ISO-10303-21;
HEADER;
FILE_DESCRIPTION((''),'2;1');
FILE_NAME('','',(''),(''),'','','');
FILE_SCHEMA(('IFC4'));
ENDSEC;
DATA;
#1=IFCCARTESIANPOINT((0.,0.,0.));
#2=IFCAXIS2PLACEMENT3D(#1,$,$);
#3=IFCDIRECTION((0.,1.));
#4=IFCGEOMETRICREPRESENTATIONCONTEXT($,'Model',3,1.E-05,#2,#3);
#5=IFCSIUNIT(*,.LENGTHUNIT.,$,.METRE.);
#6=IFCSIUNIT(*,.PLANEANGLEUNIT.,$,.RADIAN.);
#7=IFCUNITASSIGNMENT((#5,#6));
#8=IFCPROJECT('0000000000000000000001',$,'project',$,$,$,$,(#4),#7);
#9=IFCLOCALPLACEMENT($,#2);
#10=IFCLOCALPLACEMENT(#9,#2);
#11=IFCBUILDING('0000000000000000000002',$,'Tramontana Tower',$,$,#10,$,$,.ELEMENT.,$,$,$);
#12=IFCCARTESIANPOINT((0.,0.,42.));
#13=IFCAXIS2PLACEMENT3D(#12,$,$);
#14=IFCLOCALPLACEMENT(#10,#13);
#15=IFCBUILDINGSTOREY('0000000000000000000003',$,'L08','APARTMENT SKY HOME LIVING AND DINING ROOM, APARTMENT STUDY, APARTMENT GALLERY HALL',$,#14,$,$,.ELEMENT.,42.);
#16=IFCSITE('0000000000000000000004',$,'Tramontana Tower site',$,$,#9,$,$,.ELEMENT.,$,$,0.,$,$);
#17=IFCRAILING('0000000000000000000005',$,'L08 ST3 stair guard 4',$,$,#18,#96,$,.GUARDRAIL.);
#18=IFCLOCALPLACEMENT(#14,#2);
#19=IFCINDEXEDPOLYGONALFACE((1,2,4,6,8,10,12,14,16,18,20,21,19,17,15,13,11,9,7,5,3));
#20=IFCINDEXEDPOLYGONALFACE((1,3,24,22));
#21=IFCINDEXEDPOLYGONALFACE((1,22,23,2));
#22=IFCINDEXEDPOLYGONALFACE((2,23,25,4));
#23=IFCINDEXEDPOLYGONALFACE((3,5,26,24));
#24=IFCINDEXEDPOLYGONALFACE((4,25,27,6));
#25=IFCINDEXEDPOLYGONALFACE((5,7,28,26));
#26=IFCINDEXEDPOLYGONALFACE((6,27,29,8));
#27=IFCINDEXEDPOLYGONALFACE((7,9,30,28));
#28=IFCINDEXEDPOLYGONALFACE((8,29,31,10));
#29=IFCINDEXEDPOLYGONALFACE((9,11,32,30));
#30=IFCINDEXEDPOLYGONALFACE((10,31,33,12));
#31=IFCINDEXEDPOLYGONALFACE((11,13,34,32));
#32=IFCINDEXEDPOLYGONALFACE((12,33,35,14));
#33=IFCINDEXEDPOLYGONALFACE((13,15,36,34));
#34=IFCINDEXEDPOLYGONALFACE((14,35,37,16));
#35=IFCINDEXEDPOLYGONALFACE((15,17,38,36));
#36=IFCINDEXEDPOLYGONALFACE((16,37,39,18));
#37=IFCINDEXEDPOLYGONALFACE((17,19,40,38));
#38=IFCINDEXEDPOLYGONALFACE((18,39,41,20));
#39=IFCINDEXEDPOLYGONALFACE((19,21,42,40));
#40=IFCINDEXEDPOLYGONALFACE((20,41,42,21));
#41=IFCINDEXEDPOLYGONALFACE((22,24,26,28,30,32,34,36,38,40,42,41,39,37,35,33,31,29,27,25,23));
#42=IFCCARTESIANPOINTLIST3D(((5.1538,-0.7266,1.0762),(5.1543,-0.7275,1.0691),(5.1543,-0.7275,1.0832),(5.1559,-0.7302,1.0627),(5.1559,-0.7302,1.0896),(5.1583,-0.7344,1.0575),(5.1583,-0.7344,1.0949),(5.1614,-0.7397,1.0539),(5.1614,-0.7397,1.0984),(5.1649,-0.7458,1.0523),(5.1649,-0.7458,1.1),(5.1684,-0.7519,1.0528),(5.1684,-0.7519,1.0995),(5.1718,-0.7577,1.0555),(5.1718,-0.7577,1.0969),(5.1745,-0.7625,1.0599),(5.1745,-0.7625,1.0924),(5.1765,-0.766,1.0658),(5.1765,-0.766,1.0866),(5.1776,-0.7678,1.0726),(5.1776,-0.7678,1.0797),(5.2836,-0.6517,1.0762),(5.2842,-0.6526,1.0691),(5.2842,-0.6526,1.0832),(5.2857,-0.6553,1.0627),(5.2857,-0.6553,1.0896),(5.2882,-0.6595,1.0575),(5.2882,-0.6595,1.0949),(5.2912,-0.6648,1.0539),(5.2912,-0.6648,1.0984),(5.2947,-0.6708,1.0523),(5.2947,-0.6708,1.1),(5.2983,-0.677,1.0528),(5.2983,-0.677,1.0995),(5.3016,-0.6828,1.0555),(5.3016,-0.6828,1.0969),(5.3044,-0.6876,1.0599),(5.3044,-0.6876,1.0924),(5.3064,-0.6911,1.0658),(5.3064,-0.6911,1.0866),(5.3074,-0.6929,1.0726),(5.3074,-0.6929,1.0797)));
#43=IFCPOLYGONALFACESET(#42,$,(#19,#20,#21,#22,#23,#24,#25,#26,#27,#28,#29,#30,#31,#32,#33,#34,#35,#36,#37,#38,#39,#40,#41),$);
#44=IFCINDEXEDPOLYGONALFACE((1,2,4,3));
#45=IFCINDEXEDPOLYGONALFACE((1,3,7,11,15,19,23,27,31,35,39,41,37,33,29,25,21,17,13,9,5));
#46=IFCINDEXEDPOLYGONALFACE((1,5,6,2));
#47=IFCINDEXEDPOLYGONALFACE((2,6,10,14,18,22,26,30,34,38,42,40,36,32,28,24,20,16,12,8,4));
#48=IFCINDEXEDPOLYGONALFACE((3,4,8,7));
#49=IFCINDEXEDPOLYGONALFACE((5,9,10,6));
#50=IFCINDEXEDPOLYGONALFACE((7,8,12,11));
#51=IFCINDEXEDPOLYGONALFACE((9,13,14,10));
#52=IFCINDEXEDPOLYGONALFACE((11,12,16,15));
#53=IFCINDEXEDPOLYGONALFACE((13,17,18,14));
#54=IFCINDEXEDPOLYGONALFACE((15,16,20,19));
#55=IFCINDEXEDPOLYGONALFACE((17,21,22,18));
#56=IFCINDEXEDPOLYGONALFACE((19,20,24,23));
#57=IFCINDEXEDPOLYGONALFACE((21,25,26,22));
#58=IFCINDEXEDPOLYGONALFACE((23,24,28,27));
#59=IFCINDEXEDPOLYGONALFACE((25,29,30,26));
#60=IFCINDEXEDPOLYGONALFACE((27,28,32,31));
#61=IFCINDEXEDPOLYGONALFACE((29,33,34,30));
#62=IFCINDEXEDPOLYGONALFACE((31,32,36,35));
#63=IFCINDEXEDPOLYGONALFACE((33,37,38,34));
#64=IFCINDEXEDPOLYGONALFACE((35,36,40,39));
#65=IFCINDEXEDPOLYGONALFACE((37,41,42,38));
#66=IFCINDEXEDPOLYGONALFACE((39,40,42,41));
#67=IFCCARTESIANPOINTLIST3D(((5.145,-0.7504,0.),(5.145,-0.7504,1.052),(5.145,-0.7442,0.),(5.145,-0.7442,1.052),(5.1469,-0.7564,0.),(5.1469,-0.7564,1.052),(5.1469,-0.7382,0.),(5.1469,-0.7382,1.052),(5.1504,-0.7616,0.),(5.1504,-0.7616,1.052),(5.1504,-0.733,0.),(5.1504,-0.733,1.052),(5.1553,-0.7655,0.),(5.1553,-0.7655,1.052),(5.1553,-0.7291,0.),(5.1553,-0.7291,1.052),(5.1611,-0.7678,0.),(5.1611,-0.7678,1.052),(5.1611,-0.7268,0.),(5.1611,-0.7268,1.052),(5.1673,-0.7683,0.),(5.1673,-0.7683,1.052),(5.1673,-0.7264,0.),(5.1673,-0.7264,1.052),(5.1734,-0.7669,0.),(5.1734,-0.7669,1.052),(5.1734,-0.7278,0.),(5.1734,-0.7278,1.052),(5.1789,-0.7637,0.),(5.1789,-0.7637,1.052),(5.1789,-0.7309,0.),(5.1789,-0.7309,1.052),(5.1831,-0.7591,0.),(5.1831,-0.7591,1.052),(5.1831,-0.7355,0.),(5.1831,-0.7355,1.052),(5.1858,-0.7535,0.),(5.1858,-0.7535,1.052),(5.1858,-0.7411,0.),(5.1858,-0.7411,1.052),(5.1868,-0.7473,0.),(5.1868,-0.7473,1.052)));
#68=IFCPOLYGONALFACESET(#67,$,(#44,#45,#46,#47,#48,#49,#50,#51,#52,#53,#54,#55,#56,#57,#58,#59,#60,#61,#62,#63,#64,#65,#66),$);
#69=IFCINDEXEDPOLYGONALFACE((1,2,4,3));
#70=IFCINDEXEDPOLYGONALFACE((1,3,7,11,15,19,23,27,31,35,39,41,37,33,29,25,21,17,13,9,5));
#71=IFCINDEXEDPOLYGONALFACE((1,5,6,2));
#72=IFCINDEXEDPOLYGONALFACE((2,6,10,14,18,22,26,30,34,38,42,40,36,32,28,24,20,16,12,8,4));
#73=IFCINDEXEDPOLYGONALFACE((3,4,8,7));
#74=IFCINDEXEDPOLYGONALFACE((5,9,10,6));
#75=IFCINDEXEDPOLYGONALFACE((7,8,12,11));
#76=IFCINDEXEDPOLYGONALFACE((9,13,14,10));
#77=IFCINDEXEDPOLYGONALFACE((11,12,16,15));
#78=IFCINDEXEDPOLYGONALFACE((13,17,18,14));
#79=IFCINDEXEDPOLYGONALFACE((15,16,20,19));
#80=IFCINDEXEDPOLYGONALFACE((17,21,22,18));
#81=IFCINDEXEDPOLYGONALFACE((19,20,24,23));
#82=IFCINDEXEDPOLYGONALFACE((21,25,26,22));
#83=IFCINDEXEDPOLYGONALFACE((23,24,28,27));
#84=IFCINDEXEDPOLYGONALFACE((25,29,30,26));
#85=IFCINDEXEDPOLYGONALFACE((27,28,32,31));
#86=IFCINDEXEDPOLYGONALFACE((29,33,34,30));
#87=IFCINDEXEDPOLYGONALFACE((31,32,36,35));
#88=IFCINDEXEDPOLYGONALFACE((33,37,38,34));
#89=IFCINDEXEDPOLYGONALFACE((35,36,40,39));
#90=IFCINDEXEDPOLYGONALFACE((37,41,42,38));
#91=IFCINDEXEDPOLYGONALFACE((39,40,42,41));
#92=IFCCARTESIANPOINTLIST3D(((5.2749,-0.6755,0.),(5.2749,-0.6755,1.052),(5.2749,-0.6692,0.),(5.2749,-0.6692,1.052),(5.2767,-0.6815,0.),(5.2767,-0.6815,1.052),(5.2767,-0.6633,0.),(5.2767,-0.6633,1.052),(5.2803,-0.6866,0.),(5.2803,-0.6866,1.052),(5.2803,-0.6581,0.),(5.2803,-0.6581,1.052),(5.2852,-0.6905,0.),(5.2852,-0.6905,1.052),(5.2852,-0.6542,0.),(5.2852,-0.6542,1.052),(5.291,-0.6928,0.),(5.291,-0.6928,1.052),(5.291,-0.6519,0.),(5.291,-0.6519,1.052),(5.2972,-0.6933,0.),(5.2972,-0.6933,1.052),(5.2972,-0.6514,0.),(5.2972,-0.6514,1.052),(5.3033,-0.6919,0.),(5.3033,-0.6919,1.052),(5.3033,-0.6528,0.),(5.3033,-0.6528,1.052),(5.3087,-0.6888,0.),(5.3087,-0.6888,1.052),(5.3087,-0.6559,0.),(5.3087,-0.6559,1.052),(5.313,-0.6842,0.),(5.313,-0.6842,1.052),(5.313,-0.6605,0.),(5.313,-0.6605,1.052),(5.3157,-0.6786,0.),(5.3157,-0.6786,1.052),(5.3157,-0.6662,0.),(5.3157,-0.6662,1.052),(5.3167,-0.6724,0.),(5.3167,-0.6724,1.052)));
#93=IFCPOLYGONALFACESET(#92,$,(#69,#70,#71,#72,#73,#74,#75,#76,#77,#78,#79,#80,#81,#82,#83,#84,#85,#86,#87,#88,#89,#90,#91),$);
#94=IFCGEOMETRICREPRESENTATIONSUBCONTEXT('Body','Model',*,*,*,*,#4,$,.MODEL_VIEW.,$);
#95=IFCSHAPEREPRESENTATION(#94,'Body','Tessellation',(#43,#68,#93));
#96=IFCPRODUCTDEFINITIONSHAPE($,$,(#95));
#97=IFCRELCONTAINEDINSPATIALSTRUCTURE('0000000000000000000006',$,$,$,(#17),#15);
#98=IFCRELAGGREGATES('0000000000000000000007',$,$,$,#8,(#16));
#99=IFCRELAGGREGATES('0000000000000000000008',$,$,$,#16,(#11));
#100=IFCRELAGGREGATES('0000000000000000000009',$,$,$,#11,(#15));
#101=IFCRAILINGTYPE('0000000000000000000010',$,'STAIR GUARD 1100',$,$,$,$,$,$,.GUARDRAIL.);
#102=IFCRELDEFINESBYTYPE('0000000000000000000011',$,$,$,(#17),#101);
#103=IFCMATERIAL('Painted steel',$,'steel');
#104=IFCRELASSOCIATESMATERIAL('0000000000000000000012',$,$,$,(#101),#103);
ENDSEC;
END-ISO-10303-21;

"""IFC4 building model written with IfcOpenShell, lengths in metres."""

from ifc_helpers import new_model, si_unit, direction, frame, origin, origin_2d, place, context, subcontext, project, spatial, circle, extrude, material, type_object, element, save


model = new_model("IFC4")

# Units and contexts
model_context = context("Model", 3, precision=1e-05, world=origin(), true_north=direction((0.0, 1.0)))
body_context = subcontext(model_context, "Body", "Model", "MODEL_VIEW")
ifc_project = project(units=[si_unit("LENGTHUNIT", "METRE"), si_unit("PLANEANGLEUNIT", "RADIAN")], contexts=[model_context])

# Site, building, storey
site_placement = place(None, origin())
site = spatial("IfcSite", under=ifc_project, at=site_placement, Name="Tramontana Tower site", CompositionType="ELEMENT", RefElevation=0.0)
building_placement = place(site_placement, origin())
building = spatial("IfcBuilding", under=site, at=building_placement, Name="Tramontana Tower", CompositionType="ELEMENT")
storey_placement = place(building_placement, frame((0.0, 0.0, 42.0)))
storey = spatial("IfcBuildingStorey", under=building, at=storey_placement, Name="L08", Description="APARTMENT SKY HOME LIVING AND DINING ROOM, APARTMENT STUDY, APARTMENT GALLERY HALL", CompositionType="ELEMENT", Elevation=42.0)

# Railing
ifc_material_1 = material(Name="Painted steel", Category="steel")
railing_type = type_object("IfcRailingType", Name="STAIR GUARD 1100", PredefinedType="GUARDRAIL", material=ifc_material_1)
railing_1_placement = place(storey_placement, frame((5.1658, -0.7473, 0.0)))
element("IfcRailing", 1, at=railing_1_placement, inside=storey, type_object=railing_type, Name="L08 ST3 stair guard 4", PredefinedType="GUARDRAIL", context=body_context, shape_type="SweptSolid", body=[
    extrude(circle(Radius=0.0239, at=origin_2d()), frame((0.0, 0.0, 1.0762), z_axis=(0.866131, 0.499816, 0.0), x_axis=(-0.499816, 0.866131, 0.0)), (0.0, 0.0, 1.0), 0.1499),
    extrude(circle(Radius=0.021, at=origin_2d()), origin(), (0.0, 0.0, 1.0), 1.052),
    extrude(circle(Radius=0.021, at=origin_2d()), frame((0.1299, 0.075, 0.0)), (0.0, 0.0, 1.0), 1.052),
])

save(model, "model.ifc")
